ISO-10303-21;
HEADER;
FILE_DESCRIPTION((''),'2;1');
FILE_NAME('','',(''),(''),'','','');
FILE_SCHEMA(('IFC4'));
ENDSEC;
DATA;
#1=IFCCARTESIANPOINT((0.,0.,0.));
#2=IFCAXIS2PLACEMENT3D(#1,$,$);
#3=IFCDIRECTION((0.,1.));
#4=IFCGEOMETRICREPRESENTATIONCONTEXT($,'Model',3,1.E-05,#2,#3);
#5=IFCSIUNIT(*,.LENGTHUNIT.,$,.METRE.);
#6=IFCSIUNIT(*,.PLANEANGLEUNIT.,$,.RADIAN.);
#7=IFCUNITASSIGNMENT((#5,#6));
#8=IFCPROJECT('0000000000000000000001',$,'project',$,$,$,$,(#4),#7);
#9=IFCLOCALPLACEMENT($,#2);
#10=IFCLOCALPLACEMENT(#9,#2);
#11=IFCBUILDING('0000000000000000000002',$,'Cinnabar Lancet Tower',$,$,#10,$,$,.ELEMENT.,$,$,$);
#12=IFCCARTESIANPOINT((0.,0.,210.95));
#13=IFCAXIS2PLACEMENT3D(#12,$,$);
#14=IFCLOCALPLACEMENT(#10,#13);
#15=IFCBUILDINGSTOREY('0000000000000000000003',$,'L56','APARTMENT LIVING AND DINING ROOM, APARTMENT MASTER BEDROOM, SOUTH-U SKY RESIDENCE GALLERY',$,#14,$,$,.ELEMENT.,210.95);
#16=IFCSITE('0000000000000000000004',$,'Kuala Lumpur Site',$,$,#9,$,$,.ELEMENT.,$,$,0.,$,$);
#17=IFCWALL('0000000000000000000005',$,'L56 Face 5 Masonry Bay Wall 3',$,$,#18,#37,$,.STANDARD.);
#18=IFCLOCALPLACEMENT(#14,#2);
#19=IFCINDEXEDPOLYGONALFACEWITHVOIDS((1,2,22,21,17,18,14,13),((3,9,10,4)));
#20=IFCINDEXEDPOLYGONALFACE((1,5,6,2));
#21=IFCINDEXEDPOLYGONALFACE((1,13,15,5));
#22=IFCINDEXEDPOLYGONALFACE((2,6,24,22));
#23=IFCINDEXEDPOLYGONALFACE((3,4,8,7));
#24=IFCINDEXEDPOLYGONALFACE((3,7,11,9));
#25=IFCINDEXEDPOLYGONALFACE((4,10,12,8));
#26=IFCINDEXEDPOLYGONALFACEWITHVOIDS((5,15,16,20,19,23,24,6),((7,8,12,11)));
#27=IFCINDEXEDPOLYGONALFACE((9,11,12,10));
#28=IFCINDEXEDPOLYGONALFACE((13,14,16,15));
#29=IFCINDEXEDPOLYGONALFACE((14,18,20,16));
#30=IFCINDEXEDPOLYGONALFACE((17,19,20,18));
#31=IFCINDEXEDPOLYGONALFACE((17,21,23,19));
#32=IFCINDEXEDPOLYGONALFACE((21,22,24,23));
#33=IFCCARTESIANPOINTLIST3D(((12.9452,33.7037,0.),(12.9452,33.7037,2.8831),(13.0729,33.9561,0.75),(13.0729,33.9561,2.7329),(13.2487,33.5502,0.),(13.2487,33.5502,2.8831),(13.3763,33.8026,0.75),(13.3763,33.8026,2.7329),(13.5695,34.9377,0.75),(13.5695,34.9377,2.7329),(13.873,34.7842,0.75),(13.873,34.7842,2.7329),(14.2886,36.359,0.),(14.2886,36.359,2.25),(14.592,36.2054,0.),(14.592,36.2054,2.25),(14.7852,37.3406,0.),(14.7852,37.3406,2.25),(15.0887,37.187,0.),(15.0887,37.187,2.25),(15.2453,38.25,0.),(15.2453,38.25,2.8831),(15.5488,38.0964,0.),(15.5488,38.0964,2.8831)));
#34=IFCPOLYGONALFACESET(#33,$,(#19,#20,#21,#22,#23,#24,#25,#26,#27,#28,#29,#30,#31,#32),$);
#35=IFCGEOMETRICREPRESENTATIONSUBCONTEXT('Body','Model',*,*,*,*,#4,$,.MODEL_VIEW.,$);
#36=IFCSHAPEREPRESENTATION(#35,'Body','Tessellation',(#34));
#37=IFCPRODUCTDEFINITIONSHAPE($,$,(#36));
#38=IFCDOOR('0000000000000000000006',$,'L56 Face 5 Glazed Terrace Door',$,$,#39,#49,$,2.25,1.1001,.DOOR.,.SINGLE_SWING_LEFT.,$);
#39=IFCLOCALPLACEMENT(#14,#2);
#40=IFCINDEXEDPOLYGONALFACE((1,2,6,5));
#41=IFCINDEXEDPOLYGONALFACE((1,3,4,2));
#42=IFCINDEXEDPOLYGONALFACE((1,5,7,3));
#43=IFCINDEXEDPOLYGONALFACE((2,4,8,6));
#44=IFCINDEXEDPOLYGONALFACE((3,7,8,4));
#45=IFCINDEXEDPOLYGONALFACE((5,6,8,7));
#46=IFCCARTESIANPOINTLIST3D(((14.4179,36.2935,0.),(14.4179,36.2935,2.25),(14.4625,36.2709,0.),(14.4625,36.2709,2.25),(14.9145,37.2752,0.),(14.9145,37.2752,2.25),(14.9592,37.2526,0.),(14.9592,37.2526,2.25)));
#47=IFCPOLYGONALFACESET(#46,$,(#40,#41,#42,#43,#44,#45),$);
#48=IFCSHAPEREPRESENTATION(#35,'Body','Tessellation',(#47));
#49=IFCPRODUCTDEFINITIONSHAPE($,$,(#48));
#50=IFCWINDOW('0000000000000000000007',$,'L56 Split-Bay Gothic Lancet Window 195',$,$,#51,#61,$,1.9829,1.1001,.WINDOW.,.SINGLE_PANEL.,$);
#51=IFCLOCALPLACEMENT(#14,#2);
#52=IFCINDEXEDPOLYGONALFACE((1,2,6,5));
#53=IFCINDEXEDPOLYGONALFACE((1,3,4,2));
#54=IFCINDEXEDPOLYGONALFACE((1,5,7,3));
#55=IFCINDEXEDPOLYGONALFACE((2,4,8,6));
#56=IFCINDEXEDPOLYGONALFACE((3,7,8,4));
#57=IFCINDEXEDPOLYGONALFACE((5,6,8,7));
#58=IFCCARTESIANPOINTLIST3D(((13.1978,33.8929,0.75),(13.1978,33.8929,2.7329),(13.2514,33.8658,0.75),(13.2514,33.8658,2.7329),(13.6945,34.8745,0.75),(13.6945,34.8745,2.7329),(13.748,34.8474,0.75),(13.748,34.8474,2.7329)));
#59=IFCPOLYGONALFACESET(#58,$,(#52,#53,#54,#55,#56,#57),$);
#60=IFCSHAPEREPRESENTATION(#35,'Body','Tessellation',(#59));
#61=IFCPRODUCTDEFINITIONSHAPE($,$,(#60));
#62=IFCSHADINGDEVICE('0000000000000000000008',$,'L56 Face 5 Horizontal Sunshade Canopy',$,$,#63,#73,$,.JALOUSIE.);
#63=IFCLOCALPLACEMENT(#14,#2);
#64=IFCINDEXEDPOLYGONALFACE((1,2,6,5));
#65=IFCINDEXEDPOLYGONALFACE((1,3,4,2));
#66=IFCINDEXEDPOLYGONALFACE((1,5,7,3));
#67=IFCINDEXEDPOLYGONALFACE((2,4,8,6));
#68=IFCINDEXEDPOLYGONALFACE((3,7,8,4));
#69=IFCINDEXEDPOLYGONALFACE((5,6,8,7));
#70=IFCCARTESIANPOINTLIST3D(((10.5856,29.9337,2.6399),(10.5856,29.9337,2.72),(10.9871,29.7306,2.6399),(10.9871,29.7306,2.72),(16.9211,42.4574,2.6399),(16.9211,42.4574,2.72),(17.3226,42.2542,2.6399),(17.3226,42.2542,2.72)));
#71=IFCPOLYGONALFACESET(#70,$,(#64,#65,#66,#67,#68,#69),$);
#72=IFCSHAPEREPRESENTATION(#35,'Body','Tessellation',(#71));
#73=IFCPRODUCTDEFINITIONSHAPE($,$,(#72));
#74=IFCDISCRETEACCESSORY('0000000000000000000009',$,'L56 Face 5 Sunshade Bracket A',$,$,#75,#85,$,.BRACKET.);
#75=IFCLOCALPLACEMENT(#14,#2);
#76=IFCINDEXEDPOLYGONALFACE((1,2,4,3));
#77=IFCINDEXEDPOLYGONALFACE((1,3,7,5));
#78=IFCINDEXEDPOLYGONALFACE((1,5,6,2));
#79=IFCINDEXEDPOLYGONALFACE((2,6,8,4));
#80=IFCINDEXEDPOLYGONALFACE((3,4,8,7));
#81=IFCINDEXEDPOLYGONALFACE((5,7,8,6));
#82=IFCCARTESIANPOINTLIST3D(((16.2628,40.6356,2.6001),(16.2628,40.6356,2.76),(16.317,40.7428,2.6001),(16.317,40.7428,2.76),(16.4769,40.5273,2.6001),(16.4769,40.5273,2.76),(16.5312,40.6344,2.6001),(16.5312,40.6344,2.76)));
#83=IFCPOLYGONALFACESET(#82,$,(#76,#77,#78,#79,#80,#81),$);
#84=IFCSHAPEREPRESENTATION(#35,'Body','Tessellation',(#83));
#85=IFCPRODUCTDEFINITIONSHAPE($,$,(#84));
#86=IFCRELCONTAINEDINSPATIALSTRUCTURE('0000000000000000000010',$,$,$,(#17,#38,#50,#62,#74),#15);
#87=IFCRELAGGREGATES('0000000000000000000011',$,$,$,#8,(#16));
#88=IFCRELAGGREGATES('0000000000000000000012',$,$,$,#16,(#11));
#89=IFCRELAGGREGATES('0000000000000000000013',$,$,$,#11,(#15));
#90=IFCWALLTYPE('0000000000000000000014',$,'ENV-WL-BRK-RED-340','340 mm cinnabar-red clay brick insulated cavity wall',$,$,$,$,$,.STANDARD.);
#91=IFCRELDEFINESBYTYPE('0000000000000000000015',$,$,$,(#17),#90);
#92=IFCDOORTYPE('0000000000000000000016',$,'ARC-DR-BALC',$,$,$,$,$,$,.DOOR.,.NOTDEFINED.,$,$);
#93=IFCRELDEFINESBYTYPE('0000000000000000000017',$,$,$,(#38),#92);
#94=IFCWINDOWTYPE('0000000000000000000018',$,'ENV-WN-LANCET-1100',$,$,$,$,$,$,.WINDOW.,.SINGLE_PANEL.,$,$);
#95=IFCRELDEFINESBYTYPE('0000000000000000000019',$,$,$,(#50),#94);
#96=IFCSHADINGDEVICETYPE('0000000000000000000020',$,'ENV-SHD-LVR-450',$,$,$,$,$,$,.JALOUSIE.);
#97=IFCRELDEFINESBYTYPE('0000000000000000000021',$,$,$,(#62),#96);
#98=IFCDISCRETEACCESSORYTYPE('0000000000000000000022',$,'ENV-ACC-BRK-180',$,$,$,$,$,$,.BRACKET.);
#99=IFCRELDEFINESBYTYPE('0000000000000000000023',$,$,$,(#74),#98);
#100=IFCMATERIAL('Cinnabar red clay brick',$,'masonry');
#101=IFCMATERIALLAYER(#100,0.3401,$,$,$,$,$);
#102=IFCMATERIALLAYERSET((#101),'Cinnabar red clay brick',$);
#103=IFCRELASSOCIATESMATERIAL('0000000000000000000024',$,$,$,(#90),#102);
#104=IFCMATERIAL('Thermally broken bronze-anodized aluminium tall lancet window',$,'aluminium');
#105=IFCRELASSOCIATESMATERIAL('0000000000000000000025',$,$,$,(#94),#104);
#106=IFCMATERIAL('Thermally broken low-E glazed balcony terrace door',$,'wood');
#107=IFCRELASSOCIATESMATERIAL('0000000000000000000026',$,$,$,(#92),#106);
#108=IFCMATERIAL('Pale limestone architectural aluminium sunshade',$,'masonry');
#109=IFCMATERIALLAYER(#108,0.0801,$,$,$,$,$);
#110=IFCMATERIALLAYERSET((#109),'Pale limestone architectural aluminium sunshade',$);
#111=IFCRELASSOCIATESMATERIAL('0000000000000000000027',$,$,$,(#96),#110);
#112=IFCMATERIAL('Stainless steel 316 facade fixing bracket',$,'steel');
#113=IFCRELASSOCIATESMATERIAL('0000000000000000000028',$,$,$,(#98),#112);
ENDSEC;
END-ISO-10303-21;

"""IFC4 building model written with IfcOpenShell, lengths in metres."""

from ifc_helpers import new_model, si_unit, direction, frame, frame_2d, origin, origin_2d, place, context, subcontext, project, spatial, rectangle, extrude, material, layer, layer_set, type_object, element, fill, save


model = new_model("IFC4")

# Units and contexts
model_context = context("Model", 3, precision=1e-05, world=origin(), true_north=direction((0.0, 1.0)))
body_context = subcontext(model_context, "Body", "Model", "MODEL_VIEW")
ifc_project = project(units=[si_unit("LENGTHUNIT", "METRE"), si_unit("PLANEANGLEUNIT", "RADIAN")], contexts=[model_context])

# Site, building, storey
site_placement = place(None, origin())
site = spatial("IfcSite", under=ifc_project, at=site_placement, Name="Kuala Lumpur Site", CompositionType="ELEMENT", RefElevation=0.0)
building_placement = place(site_placement, origin())
building = spatial("IfcBuilding", under=site, at=building_placement, Name="Cinnabar Lancet Tower", CompositionType="ELEMENT")
storey_placement = place(building_placement, frame((0.0, 0.0, 210.95)))
storey = spatial("IfcBuildingStorey", under=building, at=storey_placement, Name="L56", Description="APARTMENT LIVING AND DINING ROOM, APARTMENT MASTER BEDROOM, SOUTH-U SKY RESIDENCE GALLERY", CompositionType="ELEMENT", Elevation=210.95)

# Shared definitions
ifc_material_1 = material(Name="Cinnabar red clay brick", Category="masonry")
ifc_layer_1 = layer(ifc_material_1, 0.3401)
ifc_layer_set_1 = layer_set([ifc_layer_1], Name="Cinnabar red clay brick")
wall_type_1 = type_object("IfcWallType", Name="ENV-WL-BRK-RED-340", Description="340 mm cinnabar-red clay brick insulated cavity wall", PredefinedType="STANDARD", material=ifc_layer_set_1)

# Shared definitions
ifc_material_2 = material(Name="Thermally broken bronze-anodized aluminium tall lancet window", Category="aluminium")
window_type = type_object("IfcWindowType", Name="ENV-WN-LANCET-1100", PartitioningType="SINGLE_PANEL", PredefinedType="WINDOW", material=ifc_material_2)

# Wall, openings, door, window
wall_1_placement = place(storey_placement, frame((15.397, 38.1731, 0.0), z_axis=(0.0, 0.0, 1.0), x_axis=(-0.451445, -0.892299, 0.0)))
wall_1 = element("IfcWall", 1, at=wall_1_placement, inside=storey, type_object=wall_type_1, Name="L56 Face 5 Masonry Bay Wall 3", PredefinedType="STANDARD", context=body_context, shape_type="SweptSolid", body=[
    extrude(rectangle(XDim=5.095, YDim=0.3401, at=frame_2d((2.5474, 0.0))), origin(), (0.0, 0.0, 1.0), 2.8831),
])
opening_1_placement = place(wall_1_placement, frame((1.019, 0.0, 0.0)))
opening_1 = element("IfcOpeningElement", 2, at=opening_1_placement, cuts=wall_1, PredefinedType="OPENING", context=body_context, shape_type="SweptSolid", body=[
    extrude(rectangle(XDim=1.1001, YDim=2.25, at=frame_2d((0.55, 1.125))), frame((0.0, 0.1799, 0.0), z_axis=(0.0, -1.0, 0.0), x_axis=(1.0, 0.0, 0.0)), (0.0, 0.0, 1.0), 0.3601),
])
opening_2_placement = place(wall_1_placement, frame((3.7119, 0.0, 0.75)))
opening_2 = element("IfcOpeningElement", 3, at=opening_2_placement, cuts=wall_1, PredefinedType="OPENING", context=body_context, shape_type="SweptSolid", body=[
    extrude(rectangle(XDim=1.1001, YDim=1.9829, at=frame_2d((0.55, 0.9915))), frame((0.0, 0.1799, 0.0), z_axis=(0.0, -1.0, 0.0), x_axis=(1.0, 0.0, 0.0)), (0.0, 0.0, 1.0), 0.3601),
])
ifc_material_3 = material(Name="Thermally broken low-E glazed balcony terrace door", Category="wood")
door_type_1 = type_object("IfcDoorType", Name="ARC-DR-BALC", OperationType="NOTDEFINED", PredefinedType="DOOR", material=ifc_material_3)
door_1_placement = place(opening_1_placement, origin())
door_1 = element("IfcDoor", 4, at=door_1_placement, inside=storey, type_object=door_type_1, Name="L56 Face 5 Glazed Terrace Door", OperationType="SINGLE_SWING_LEFT", OverallHeight=2.25, OverallWidth=1.1001, PredefinedType="DOOR", context=body_context, shape_type="SweptSolid", body=[
    extrude(rectangle(XDim=1.1001, YDim=2.25, at=frame_2d((0.55, 1.125))), frame((0.0, 0.0249, 0.0), z_axis=(0.0, -1.0, 0.0), x_axis=(1.0, 0.0, 0.0)), (0.0, 0.0, 1.0), 0.05),
])
fill(opening_1, door_1)
window_1_placement = place(opening_2_placement, origin())
window_1 = element("IfcWindow", 5, at=window_1_placement, inside=storey, type_object=window_type, Name="L56 Split-Bay Gothic Lancet Window 195", OverallHeight=1.9829, OverallWidth=1.1001, PartitioningType="SINGLE_PANEL", PredefinedType="WINDOW", context=body_context, shape_type="SweptSolid", body=[
    extrude(rectangle(XDim=1.1001, YDim=1.9829, at=frame_2d((0.55, 0.9915))), frame((0.0, 0.03, 0.0), z_axis=(0.0, -1.0, 0.0), x_axis=(1.0, 0.0, 0.0)), (0.0, 0.0, 1.0), 0.0601),
])
fill(opening_2, window_1)

# Shading device
ifc_material_4 = material(Name="Pale limestone architectural aluminium sunshade", Category="masonry")
ifc_layer_2 = layer(ifc_material_4, 0.0801)
ifc_layer_set_2 = layer_set([ifc_layer_2], Name="Pale limestone architectural aluminium sunshade")
shading_device_type = type_object("IfcShadingDeviceType", Name="ENV-SHD-LVR-450", PredefinedType="JALOUSIE", material=ifc_layer_set_2)
shading_device_placement = place(storey_placement, frame((13.9541, 36.094, 2.6399), z_axis=(0.0, 0.0, 1.0), x_axis=(-0.451407, -0.892318, 0.0)))
element("IfcShadingDevice", 6, at=shading_device_placement, inside=storey, type_object=shading_device_type, Name="L56 Face 5 Horizontal Sunshade Canopy", PredefinedType="JALOUSIE", context=body_context, shape_type="SweptSolid", body=[
    extrude(rectangle(XDim=14.0349, YDim=0.45, at=origin_2d()), origin(), (0.0, 0.0, 1.0), 0.0801),
])

# Discrete accessory
ifc_material_5 = material(Name="Stainless steel 316 facade fixing bracket", Category="steel")
discrete_accessory_type = type_object("IfcDiscreteAccessoryType", Name="ENV-ACC-BRK-180", PredefinedType="BRACKET", material=ifc_material_5)
discrete_accessory_placement = place(storey_placement, frame((16.397, 40.635, 2.6001), z_axis=(0.0, 0.0, 1.0), x_axis=(-0.451407, -0.892318, 0.0)))
element("IfcDiscreteAccessory", 7, at=discrete_accessory_placement, inside=storey, type_object=discrete_accessory_type, Name="L56 Face 5 Sunshade Bracket A", PredefinedType="BRACKET", context=body_context, shape_type="SweptSolid", body=[
    extrude(rectangle(XDim=0.1201, YDim=0.24, at=origin_2d()), origin(), (0.0, 0.0, 1.0), 0.1599),
])

save(model, "model.ifc")
